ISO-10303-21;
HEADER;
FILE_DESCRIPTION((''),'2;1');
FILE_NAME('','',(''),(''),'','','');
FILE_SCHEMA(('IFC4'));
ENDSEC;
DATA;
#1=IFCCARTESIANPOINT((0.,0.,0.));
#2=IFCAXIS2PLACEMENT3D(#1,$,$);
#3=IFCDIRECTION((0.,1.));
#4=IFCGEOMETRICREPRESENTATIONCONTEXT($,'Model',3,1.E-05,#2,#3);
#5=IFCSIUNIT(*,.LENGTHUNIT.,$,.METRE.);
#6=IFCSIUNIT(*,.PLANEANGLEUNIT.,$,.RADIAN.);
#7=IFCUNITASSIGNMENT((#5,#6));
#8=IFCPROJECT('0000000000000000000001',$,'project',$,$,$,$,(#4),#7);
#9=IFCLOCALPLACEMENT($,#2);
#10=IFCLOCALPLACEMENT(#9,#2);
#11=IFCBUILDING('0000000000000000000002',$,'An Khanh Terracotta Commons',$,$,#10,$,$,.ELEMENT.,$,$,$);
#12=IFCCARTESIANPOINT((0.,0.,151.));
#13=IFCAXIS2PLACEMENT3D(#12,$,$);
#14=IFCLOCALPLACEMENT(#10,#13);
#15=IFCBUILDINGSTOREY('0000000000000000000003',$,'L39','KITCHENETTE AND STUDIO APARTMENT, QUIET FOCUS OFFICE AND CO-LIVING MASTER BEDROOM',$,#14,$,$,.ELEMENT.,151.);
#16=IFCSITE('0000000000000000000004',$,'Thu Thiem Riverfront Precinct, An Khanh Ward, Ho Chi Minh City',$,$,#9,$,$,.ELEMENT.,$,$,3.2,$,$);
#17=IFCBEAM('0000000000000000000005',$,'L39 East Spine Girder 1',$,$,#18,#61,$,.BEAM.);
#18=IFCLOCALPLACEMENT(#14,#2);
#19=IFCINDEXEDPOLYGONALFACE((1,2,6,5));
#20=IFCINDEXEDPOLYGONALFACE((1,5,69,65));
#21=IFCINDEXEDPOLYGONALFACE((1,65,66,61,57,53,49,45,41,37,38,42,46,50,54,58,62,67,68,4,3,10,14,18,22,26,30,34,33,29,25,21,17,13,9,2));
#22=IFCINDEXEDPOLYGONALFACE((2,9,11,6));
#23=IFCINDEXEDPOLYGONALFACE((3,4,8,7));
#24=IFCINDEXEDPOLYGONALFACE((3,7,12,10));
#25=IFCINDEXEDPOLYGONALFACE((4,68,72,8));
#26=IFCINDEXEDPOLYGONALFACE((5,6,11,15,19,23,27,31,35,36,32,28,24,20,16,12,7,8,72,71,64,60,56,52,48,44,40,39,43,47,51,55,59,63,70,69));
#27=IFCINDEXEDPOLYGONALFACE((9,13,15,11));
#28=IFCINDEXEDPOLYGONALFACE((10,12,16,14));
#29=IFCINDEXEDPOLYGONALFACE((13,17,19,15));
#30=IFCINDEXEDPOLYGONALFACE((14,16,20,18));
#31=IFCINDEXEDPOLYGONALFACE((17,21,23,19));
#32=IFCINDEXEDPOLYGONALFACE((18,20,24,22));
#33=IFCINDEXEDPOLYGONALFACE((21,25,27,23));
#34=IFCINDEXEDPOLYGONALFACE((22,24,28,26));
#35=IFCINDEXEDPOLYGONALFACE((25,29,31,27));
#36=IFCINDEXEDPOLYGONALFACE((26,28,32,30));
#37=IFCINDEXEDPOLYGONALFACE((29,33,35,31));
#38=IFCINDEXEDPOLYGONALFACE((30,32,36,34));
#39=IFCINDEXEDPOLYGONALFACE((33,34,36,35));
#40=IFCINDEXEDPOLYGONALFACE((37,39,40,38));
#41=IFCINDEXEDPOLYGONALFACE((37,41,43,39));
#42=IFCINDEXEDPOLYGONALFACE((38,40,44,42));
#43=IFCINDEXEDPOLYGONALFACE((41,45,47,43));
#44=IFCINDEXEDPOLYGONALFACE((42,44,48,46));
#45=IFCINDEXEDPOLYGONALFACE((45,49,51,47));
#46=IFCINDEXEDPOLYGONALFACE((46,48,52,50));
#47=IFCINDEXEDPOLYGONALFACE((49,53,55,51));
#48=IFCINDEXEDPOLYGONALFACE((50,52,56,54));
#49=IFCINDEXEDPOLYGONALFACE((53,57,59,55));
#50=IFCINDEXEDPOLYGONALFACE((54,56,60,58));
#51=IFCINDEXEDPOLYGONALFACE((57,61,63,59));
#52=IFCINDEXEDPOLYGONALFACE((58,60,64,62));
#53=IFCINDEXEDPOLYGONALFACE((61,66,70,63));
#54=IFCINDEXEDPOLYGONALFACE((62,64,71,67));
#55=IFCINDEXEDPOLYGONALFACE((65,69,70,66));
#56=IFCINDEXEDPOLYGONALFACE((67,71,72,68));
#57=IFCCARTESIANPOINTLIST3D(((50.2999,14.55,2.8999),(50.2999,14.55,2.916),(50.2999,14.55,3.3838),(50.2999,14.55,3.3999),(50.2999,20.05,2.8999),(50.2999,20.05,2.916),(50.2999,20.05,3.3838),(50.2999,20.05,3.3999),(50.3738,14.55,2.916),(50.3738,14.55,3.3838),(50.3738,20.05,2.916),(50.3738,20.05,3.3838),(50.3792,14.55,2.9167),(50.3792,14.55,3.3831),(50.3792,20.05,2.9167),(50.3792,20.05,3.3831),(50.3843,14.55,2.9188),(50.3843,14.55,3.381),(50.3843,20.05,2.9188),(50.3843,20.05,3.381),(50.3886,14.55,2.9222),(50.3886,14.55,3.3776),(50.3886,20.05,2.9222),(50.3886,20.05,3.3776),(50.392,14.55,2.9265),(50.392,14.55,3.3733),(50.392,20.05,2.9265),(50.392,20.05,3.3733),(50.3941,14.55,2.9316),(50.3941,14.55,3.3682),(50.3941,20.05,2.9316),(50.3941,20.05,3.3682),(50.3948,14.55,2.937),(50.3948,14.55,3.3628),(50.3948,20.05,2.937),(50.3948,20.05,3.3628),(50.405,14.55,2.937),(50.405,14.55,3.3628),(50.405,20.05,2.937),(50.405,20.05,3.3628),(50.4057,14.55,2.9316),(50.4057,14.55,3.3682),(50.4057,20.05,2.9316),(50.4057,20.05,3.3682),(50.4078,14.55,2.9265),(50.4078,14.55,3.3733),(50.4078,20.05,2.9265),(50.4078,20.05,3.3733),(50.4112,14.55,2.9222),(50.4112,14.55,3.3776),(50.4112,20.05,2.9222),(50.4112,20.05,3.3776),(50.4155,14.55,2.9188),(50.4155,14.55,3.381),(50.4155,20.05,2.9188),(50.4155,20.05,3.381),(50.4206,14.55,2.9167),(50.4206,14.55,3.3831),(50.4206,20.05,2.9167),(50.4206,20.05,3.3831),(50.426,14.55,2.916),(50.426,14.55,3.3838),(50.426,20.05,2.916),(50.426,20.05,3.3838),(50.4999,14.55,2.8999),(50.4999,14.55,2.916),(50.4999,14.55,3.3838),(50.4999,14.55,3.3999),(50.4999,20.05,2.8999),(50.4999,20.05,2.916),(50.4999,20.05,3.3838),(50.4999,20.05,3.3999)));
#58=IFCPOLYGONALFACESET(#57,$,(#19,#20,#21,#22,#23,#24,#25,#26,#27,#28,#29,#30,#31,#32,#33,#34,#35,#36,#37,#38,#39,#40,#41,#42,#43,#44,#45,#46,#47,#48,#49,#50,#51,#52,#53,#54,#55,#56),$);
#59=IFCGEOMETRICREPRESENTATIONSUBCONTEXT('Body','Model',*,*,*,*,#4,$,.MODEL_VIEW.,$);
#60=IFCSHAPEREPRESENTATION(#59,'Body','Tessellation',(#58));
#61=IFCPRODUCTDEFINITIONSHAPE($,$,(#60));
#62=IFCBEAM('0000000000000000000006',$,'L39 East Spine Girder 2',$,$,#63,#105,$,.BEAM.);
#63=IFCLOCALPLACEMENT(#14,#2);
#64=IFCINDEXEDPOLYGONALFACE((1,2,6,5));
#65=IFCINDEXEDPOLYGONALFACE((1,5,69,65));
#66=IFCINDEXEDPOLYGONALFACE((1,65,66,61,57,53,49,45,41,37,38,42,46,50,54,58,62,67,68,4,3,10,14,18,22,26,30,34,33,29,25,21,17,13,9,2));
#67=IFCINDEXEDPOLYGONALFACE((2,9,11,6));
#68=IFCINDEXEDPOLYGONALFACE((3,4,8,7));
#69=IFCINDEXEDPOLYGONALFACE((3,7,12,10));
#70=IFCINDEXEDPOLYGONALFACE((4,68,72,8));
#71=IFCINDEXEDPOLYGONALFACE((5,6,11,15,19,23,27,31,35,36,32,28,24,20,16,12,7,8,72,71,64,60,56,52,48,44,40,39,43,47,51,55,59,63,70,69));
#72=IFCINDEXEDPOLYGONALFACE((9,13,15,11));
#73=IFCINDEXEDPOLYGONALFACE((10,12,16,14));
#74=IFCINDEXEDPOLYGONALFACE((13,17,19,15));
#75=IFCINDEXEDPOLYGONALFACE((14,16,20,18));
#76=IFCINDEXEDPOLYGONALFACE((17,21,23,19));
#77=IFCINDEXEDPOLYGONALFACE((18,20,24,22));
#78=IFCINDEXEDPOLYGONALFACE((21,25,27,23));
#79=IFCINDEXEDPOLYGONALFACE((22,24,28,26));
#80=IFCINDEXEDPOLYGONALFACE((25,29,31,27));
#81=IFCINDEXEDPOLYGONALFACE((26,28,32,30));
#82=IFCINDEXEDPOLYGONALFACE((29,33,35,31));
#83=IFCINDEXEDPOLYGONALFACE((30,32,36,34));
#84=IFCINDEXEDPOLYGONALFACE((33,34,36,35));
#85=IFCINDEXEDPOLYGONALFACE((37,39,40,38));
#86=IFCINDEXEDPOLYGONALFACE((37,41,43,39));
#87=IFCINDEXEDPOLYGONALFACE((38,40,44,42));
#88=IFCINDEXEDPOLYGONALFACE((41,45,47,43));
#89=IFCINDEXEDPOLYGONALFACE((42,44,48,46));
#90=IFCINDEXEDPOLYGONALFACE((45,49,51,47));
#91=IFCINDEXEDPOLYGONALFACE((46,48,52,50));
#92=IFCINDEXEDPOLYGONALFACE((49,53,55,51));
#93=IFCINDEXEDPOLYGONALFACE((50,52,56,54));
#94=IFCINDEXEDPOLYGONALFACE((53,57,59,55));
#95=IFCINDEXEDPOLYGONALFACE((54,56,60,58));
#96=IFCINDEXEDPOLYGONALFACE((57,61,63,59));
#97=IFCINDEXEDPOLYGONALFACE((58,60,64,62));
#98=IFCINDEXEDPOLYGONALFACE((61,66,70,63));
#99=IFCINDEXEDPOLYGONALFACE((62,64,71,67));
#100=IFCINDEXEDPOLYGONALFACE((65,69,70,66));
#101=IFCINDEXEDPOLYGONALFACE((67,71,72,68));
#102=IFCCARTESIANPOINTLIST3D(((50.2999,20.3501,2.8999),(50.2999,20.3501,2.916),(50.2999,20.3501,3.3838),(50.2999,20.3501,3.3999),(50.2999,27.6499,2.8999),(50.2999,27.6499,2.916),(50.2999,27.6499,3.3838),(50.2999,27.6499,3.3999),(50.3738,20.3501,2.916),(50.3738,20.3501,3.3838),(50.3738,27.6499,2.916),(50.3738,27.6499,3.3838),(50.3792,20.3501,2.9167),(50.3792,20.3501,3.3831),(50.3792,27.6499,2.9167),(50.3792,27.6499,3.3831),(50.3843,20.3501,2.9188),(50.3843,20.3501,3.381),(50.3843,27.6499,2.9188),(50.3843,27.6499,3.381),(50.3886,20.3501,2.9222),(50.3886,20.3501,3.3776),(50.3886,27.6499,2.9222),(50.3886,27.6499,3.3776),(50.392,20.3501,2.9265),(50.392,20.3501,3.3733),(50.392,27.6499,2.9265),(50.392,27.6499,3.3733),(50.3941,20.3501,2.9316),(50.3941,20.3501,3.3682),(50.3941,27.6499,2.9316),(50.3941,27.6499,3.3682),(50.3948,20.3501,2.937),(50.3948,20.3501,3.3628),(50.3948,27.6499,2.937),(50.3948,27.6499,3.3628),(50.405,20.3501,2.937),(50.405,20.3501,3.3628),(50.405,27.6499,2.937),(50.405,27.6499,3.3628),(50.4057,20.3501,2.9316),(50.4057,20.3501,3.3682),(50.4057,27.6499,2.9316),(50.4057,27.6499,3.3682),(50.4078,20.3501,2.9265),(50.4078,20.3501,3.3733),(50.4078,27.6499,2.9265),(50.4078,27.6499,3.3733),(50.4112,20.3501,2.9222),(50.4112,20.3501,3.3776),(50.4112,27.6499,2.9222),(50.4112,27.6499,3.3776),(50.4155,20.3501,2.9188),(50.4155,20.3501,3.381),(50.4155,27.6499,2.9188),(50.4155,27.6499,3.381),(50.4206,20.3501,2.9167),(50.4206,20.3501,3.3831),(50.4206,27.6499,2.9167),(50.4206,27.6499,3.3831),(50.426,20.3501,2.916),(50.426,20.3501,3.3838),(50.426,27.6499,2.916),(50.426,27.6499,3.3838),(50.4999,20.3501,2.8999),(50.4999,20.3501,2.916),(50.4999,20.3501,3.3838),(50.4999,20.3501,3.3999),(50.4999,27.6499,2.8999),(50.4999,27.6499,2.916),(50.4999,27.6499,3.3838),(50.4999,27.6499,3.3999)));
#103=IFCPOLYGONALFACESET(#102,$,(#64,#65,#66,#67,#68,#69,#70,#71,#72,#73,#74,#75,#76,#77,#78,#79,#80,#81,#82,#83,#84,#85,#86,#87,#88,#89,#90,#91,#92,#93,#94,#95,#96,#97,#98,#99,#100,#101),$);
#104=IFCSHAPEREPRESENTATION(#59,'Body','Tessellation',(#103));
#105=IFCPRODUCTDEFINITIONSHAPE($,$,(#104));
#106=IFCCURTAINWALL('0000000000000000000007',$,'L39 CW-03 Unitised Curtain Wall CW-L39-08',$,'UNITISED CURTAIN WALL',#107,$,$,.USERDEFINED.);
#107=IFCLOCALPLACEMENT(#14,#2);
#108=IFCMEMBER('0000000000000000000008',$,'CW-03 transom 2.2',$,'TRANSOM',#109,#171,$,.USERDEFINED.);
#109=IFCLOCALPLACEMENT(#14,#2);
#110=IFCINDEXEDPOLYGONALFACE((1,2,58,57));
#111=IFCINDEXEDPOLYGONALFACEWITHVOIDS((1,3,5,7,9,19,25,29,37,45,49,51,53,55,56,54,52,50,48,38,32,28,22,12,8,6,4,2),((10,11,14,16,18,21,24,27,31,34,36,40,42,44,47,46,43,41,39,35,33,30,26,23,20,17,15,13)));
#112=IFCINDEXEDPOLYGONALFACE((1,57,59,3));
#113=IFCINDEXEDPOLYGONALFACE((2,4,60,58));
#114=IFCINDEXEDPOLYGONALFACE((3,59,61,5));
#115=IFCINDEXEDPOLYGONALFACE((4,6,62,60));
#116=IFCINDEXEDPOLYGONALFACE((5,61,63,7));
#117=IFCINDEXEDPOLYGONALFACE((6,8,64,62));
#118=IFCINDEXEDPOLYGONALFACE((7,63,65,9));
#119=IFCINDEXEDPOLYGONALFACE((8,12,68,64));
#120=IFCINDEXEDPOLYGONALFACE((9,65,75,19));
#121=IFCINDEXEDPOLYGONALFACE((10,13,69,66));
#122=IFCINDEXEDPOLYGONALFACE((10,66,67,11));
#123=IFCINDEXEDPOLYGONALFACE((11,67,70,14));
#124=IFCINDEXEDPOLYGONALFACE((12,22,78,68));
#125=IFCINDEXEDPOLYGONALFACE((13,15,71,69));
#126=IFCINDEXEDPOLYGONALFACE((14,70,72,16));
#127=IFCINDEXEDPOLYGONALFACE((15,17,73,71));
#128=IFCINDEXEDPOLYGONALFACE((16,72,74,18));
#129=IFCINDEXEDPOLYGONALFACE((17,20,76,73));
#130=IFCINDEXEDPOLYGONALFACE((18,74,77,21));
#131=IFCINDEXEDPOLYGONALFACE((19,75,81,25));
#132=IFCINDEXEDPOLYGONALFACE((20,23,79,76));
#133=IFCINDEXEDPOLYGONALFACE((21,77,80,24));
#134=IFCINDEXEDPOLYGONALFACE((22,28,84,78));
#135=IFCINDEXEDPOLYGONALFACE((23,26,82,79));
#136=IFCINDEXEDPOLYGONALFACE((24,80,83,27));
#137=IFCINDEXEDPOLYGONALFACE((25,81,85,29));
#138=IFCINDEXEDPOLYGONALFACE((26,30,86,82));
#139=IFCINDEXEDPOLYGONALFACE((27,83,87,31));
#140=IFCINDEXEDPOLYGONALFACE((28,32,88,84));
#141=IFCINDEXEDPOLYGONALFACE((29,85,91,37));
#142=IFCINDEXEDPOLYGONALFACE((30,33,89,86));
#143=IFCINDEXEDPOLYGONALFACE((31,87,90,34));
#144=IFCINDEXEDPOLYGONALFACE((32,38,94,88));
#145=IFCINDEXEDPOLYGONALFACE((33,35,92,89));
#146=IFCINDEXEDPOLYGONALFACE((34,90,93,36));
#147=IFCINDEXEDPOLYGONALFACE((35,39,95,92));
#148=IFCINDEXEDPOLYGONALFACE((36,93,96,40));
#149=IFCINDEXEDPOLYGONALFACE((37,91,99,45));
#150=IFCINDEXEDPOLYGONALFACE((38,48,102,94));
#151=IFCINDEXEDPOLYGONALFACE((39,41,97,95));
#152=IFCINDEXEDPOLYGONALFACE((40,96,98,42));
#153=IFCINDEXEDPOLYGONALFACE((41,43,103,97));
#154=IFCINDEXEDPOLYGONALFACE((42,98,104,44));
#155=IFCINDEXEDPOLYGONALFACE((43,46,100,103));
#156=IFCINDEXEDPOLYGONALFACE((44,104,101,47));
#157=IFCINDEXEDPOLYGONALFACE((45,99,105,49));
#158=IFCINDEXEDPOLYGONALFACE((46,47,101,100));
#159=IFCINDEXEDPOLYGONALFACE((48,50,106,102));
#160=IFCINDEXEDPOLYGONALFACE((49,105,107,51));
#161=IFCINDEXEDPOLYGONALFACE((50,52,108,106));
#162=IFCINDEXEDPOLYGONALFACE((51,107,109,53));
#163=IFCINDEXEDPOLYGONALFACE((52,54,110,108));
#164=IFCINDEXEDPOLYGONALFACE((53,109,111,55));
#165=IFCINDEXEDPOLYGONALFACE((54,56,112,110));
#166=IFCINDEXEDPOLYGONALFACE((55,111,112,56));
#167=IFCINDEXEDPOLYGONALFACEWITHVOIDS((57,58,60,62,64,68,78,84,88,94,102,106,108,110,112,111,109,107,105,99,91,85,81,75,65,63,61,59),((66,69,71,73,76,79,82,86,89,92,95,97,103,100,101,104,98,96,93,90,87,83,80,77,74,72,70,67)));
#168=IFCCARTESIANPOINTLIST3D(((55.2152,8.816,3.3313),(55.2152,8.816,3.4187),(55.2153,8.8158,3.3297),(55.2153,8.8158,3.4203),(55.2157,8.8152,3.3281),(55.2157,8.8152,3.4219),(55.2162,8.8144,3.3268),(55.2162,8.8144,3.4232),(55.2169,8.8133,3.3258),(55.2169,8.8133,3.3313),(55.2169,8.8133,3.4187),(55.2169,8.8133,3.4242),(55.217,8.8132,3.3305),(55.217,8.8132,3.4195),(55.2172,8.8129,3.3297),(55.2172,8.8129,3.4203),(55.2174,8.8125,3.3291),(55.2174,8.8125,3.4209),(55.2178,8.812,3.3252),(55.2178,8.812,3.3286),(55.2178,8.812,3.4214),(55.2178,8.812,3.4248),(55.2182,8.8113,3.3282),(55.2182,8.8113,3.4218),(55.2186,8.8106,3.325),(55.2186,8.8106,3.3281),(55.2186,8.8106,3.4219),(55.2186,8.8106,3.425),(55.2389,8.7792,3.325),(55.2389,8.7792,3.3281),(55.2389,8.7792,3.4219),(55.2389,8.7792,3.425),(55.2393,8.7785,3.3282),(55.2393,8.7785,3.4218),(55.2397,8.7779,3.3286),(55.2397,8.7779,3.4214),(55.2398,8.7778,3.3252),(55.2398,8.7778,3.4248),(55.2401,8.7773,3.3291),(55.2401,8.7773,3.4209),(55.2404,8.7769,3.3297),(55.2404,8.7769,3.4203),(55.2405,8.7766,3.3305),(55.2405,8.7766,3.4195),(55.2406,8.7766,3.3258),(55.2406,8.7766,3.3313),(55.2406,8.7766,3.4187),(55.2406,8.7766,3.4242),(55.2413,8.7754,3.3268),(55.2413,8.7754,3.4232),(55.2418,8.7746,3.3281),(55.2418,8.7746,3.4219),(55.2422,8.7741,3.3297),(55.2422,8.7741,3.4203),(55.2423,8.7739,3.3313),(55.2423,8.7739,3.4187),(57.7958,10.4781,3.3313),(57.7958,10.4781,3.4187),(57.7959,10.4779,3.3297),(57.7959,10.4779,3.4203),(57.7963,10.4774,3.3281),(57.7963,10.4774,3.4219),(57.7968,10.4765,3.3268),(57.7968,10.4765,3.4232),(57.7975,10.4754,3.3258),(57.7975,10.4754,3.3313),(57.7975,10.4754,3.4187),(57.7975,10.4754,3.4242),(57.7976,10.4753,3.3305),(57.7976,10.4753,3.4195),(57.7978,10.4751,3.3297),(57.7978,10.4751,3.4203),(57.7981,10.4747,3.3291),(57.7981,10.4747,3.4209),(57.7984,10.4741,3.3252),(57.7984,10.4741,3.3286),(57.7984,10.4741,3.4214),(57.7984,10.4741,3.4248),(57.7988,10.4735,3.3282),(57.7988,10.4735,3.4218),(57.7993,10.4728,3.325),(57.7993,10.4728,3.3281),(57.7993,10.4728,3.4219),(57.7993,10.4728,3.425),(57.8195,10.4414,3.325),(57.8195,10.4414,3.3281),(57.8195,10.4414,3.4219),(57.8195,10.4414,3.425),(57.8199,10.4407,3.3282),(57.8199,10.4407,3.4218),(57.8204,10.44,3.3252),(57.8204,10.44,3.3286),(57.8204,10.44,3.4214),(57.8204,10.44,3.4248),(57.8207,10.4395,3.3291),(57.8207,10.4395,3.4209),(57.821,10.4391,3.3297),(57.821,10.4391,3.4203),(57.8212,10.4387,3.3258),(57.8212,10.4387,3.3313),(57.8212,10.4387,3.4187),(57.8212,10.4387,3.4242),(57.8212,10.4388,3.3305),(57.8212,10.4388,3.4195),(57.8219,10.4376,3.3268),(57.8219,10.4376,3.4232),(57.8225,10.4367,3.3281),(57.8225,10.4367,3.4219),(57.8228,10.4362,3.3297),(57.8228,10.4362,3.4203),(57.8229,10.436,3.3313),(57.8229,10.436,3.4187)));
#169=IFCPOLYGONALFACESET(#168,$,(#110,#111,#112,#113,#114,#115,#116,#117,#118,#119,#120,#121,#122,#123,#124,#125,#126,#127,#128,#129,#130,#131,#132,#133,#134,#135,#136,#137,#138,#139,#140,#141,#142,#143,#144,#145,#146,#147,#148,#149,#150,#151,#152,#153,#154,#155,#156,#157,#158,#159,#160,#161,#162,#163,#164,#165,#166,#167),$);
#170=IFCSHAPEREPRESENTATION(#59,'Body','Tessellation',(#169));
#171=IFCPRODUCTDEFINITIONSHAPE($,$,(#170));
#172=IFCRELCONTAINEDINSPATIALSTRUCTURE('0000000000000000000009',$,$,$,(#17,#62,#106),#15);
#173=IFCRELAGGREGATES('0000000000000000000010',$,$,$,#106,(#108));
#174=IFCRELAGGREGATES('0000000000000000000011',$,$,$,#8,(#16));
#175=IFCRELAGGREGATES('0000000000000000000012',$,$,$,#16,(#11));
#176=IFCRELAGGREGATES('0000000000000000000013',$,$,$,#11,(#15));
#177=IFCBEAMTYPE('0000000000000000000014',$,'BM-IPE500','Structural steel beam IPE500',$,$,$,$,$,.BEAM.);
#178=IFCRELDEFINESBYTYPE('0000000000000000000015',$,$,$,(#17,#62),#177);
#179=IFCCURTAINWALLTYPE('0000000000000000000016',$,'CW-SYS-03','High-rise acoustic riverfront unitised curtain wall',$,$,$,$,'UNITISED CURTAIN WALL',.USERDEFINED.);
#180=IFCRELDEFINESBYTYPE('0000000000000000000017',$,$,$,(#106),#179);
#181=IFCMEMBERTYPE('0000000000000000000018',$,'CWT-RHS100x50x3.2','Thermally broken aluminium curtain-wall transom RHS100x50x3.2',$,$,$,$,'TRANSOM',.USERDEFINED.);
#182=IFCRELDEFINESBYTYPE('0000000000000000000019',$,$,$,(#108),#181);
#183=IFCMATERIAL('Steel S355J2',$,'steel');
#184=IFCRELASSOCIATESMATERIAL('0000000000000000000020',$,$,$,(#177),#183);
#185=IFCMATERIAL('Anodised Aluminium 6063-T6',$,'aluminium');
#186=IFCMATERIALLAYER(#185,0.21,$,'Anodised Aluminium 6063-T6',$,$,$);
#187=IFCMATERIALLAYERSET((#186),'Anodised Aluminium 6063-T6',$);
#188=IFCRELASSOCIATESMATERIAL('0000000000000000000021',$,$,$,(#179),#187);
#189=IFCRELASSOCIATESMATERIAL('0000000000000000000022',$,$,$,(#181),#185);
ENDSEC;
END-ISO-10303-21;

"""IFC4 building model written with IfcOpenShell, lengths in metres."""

from ifc_helpers import new_model, si_unit, direction, frame, origin, origin_2d, place, context, subcontext, project, spatial, hollow_rectangle, i_section, extrude, material, layer, layer_set, material_profile, profile_set, type_object, element, aggregate, save


model = new_model("IFC4")

# Units and contexts
model_context = context("Model", 3, precision=1e-05, world=origin(), true_north=direction((0.0, 1.0)))
body_context = subcontext(model_context, "Body", "Model", "MODEL_VIEW")
ifc_project = project(units=[si_unit("LENGTHUNIT", "METRE"), si_unit("PLANEANGLEUNIT", "RADIAN")], contexts=[model_context])

# Site, building, storey
site_placement = place(None, origin())
site = spatial("IfcSite", under=ifc_project, at=site_placement, Name="Thu Thiem Riverfront Precinct, An Khanh Ward, Ho Chi Minh City", CompositionType="ELEMENT", RefElevation=3.2)
building_placement = place(site_placement, origin())
building = spatial("IfcBuilding", under=site, at=building_placement, Name="An Khanh Terracotta Commons", CompositionType="ELEMENT")
storey_placement = place(building_placement, frame((0.0, 0.0, 151.0)))
storey = spatial("IfcBuildingStorey", under=building, at=storey_placement, Name="L39", Description="KITCHENETTE AND STUDIO APARTMENT, QUIET FOCUS OFFICE AND CO-LIVING MASTER BEDROOM", CompositionType="ELEMENT", Elevation=151.0)

# Beams
ifc_material_1 = material(Name="Steel S355J2", Category="steel")
ifc_material_profile_1 = material_profile(ifc_material_1, i_section(OverallWidth=0.2, OverallDepth=0.5, WebThickness=0.0103, FlangeThickness=0.0161, FilletRadius=0.021, at=origin_2d()), Name="IPE500")
ifc_profile_set_1 = profile_set([ifc_material_profile_1], Name="Steel S355J2")
beam_type_1 = type_object("IfcBeamType", Name="BM-IPE500", Description="Structural steel beam IPE500", PredefinedType="BEAM", material=ifc_profile_set_1)
beam_1_placement = place(storey_placement, frame((50.3999, 14.55, 3.1499), z_axis=(0.0, 1.0, 0.0), x_axis=(-1.0, 0.0, 0.0)))
element("IfcBeam", 1, at=beam_1_placement, inside=storey, type_object=beam_type_1, Name="L39 East Spine Girder 1", PredefinedType="BEAM", context=body_context, shape_type="SweptSolid", body=[
    extrude(i_section(OverallWidth=0.2, OverallDepth=0.5, WebThickness=0.0103, FlangeThickness=0.0161, FilletRadius=0.021, at=origin_2d()), origin(), (0.0, 0.0, 1.0), 5.5),
])
beam_2_placement = place(storey_placement, frame((50.3999, 20.3501, 3.1499), z_axis=(0.0, 1.0, 0.0), x_axis=(-1.0, 0.0, 0.0)))
element("IfcBeam", 2, at=beam_2_placement, inside=storey, type_object=beam_type_1, Name="L39 East Spine Girder 2", PredefinedType="BEAM", context=body_context, shape_type="SweptSolid", body=[
    extrude(i_section(OverallWidth=0.2, OverallDepth=0.5, WebThickness=0.0103, FlangeThickness=0.0161, FilletRadius=0.021, at=origin_2d()), origin(), (0.0, 0.0, 1.0), 7.2998),
])

# Curtain wall, member
ifc_material_2 = material(Name="Anodised Aluminium 6063-T6", Category="aluminium")
ifc_layer_1 = layer(ifc_material_2, 0.21, Name="Anodised Aluminium 6063-T6")
ifc_layer_set_1 = layer_set([ifc_layer_1], Name="Anodised Aluminium 6063-T6")
curtain_wall_type = type_object("IfcCurtainWallType", Name="CW-SYS-03", Description="High-rise acoustic riverfront unitised curtain wall", ElementType="UNITISED CURTAIN WALL", PredefinedType="USERDEFINED", material=ifc_layer_set_1)
curtain_wall_placement = place(storey_placement, origin())
curtain_wall = element("IfcCurtainWall", 3, at=curtain_wall_placement, inside=storey, type_object=curtain_wall_type, Name="L39 CW-03 Unitised Curtain Wall CW-L39-08", ObjectType="UNITISED CURTAIN WALL", PredefinedType="USERDEFINED")
ifc_material_profile_2 = material_profile(ifc_material_2, hollow_rectangle(XDim=0.05, YDim=0.1001, WallThickness=0.0032, InnerFilletRadius=0.0032, OuterFilletRadius=0.0063, at=origin_2d()), Name="RHS100x50x3.2")
ifc_profile_set_2 = profile_set([ifc_material_profile_2], Name="Anodised Aluminium 6063-T6")
member_type = type_object("IfcMemberType", Name="CWT-RHS100x50x3.2", Description="Thermally broken aluminium curtain-wall transom RHS100x50x3.2", ElementType="TRANSOM", PredefinedType="USERDEFINED", material=ifc_profile_set_2)
member_placement = place(storey_placement, frame((55.2288, 8.7949, 3.375), z_axis=(0.840708, 0.541489, 0.0), x_axis=(-0.541489, 0.840708, 0.0)))
member = element("IfcMember", 4, at=member_placement, type_object=member_type, Name="CW-03 transom 2.2", ObjectType="TRANSOM", PredefinedType="USERDEFINED", context=body_context, shape_type="SweptSolid", body=[
    extrude(hollow_rectangle(XDim=0.05, YDim=0.1001, WallThickness=0.0032, InnerFilletRadius=0.0032, OuterFilletRadius=0.0063, at=origin_2d()), origin(), (0.0, 0.0, 1.0), 3.0696),
])
aggregate(curtain_wall, [member])

save(model, "model.ifc")
